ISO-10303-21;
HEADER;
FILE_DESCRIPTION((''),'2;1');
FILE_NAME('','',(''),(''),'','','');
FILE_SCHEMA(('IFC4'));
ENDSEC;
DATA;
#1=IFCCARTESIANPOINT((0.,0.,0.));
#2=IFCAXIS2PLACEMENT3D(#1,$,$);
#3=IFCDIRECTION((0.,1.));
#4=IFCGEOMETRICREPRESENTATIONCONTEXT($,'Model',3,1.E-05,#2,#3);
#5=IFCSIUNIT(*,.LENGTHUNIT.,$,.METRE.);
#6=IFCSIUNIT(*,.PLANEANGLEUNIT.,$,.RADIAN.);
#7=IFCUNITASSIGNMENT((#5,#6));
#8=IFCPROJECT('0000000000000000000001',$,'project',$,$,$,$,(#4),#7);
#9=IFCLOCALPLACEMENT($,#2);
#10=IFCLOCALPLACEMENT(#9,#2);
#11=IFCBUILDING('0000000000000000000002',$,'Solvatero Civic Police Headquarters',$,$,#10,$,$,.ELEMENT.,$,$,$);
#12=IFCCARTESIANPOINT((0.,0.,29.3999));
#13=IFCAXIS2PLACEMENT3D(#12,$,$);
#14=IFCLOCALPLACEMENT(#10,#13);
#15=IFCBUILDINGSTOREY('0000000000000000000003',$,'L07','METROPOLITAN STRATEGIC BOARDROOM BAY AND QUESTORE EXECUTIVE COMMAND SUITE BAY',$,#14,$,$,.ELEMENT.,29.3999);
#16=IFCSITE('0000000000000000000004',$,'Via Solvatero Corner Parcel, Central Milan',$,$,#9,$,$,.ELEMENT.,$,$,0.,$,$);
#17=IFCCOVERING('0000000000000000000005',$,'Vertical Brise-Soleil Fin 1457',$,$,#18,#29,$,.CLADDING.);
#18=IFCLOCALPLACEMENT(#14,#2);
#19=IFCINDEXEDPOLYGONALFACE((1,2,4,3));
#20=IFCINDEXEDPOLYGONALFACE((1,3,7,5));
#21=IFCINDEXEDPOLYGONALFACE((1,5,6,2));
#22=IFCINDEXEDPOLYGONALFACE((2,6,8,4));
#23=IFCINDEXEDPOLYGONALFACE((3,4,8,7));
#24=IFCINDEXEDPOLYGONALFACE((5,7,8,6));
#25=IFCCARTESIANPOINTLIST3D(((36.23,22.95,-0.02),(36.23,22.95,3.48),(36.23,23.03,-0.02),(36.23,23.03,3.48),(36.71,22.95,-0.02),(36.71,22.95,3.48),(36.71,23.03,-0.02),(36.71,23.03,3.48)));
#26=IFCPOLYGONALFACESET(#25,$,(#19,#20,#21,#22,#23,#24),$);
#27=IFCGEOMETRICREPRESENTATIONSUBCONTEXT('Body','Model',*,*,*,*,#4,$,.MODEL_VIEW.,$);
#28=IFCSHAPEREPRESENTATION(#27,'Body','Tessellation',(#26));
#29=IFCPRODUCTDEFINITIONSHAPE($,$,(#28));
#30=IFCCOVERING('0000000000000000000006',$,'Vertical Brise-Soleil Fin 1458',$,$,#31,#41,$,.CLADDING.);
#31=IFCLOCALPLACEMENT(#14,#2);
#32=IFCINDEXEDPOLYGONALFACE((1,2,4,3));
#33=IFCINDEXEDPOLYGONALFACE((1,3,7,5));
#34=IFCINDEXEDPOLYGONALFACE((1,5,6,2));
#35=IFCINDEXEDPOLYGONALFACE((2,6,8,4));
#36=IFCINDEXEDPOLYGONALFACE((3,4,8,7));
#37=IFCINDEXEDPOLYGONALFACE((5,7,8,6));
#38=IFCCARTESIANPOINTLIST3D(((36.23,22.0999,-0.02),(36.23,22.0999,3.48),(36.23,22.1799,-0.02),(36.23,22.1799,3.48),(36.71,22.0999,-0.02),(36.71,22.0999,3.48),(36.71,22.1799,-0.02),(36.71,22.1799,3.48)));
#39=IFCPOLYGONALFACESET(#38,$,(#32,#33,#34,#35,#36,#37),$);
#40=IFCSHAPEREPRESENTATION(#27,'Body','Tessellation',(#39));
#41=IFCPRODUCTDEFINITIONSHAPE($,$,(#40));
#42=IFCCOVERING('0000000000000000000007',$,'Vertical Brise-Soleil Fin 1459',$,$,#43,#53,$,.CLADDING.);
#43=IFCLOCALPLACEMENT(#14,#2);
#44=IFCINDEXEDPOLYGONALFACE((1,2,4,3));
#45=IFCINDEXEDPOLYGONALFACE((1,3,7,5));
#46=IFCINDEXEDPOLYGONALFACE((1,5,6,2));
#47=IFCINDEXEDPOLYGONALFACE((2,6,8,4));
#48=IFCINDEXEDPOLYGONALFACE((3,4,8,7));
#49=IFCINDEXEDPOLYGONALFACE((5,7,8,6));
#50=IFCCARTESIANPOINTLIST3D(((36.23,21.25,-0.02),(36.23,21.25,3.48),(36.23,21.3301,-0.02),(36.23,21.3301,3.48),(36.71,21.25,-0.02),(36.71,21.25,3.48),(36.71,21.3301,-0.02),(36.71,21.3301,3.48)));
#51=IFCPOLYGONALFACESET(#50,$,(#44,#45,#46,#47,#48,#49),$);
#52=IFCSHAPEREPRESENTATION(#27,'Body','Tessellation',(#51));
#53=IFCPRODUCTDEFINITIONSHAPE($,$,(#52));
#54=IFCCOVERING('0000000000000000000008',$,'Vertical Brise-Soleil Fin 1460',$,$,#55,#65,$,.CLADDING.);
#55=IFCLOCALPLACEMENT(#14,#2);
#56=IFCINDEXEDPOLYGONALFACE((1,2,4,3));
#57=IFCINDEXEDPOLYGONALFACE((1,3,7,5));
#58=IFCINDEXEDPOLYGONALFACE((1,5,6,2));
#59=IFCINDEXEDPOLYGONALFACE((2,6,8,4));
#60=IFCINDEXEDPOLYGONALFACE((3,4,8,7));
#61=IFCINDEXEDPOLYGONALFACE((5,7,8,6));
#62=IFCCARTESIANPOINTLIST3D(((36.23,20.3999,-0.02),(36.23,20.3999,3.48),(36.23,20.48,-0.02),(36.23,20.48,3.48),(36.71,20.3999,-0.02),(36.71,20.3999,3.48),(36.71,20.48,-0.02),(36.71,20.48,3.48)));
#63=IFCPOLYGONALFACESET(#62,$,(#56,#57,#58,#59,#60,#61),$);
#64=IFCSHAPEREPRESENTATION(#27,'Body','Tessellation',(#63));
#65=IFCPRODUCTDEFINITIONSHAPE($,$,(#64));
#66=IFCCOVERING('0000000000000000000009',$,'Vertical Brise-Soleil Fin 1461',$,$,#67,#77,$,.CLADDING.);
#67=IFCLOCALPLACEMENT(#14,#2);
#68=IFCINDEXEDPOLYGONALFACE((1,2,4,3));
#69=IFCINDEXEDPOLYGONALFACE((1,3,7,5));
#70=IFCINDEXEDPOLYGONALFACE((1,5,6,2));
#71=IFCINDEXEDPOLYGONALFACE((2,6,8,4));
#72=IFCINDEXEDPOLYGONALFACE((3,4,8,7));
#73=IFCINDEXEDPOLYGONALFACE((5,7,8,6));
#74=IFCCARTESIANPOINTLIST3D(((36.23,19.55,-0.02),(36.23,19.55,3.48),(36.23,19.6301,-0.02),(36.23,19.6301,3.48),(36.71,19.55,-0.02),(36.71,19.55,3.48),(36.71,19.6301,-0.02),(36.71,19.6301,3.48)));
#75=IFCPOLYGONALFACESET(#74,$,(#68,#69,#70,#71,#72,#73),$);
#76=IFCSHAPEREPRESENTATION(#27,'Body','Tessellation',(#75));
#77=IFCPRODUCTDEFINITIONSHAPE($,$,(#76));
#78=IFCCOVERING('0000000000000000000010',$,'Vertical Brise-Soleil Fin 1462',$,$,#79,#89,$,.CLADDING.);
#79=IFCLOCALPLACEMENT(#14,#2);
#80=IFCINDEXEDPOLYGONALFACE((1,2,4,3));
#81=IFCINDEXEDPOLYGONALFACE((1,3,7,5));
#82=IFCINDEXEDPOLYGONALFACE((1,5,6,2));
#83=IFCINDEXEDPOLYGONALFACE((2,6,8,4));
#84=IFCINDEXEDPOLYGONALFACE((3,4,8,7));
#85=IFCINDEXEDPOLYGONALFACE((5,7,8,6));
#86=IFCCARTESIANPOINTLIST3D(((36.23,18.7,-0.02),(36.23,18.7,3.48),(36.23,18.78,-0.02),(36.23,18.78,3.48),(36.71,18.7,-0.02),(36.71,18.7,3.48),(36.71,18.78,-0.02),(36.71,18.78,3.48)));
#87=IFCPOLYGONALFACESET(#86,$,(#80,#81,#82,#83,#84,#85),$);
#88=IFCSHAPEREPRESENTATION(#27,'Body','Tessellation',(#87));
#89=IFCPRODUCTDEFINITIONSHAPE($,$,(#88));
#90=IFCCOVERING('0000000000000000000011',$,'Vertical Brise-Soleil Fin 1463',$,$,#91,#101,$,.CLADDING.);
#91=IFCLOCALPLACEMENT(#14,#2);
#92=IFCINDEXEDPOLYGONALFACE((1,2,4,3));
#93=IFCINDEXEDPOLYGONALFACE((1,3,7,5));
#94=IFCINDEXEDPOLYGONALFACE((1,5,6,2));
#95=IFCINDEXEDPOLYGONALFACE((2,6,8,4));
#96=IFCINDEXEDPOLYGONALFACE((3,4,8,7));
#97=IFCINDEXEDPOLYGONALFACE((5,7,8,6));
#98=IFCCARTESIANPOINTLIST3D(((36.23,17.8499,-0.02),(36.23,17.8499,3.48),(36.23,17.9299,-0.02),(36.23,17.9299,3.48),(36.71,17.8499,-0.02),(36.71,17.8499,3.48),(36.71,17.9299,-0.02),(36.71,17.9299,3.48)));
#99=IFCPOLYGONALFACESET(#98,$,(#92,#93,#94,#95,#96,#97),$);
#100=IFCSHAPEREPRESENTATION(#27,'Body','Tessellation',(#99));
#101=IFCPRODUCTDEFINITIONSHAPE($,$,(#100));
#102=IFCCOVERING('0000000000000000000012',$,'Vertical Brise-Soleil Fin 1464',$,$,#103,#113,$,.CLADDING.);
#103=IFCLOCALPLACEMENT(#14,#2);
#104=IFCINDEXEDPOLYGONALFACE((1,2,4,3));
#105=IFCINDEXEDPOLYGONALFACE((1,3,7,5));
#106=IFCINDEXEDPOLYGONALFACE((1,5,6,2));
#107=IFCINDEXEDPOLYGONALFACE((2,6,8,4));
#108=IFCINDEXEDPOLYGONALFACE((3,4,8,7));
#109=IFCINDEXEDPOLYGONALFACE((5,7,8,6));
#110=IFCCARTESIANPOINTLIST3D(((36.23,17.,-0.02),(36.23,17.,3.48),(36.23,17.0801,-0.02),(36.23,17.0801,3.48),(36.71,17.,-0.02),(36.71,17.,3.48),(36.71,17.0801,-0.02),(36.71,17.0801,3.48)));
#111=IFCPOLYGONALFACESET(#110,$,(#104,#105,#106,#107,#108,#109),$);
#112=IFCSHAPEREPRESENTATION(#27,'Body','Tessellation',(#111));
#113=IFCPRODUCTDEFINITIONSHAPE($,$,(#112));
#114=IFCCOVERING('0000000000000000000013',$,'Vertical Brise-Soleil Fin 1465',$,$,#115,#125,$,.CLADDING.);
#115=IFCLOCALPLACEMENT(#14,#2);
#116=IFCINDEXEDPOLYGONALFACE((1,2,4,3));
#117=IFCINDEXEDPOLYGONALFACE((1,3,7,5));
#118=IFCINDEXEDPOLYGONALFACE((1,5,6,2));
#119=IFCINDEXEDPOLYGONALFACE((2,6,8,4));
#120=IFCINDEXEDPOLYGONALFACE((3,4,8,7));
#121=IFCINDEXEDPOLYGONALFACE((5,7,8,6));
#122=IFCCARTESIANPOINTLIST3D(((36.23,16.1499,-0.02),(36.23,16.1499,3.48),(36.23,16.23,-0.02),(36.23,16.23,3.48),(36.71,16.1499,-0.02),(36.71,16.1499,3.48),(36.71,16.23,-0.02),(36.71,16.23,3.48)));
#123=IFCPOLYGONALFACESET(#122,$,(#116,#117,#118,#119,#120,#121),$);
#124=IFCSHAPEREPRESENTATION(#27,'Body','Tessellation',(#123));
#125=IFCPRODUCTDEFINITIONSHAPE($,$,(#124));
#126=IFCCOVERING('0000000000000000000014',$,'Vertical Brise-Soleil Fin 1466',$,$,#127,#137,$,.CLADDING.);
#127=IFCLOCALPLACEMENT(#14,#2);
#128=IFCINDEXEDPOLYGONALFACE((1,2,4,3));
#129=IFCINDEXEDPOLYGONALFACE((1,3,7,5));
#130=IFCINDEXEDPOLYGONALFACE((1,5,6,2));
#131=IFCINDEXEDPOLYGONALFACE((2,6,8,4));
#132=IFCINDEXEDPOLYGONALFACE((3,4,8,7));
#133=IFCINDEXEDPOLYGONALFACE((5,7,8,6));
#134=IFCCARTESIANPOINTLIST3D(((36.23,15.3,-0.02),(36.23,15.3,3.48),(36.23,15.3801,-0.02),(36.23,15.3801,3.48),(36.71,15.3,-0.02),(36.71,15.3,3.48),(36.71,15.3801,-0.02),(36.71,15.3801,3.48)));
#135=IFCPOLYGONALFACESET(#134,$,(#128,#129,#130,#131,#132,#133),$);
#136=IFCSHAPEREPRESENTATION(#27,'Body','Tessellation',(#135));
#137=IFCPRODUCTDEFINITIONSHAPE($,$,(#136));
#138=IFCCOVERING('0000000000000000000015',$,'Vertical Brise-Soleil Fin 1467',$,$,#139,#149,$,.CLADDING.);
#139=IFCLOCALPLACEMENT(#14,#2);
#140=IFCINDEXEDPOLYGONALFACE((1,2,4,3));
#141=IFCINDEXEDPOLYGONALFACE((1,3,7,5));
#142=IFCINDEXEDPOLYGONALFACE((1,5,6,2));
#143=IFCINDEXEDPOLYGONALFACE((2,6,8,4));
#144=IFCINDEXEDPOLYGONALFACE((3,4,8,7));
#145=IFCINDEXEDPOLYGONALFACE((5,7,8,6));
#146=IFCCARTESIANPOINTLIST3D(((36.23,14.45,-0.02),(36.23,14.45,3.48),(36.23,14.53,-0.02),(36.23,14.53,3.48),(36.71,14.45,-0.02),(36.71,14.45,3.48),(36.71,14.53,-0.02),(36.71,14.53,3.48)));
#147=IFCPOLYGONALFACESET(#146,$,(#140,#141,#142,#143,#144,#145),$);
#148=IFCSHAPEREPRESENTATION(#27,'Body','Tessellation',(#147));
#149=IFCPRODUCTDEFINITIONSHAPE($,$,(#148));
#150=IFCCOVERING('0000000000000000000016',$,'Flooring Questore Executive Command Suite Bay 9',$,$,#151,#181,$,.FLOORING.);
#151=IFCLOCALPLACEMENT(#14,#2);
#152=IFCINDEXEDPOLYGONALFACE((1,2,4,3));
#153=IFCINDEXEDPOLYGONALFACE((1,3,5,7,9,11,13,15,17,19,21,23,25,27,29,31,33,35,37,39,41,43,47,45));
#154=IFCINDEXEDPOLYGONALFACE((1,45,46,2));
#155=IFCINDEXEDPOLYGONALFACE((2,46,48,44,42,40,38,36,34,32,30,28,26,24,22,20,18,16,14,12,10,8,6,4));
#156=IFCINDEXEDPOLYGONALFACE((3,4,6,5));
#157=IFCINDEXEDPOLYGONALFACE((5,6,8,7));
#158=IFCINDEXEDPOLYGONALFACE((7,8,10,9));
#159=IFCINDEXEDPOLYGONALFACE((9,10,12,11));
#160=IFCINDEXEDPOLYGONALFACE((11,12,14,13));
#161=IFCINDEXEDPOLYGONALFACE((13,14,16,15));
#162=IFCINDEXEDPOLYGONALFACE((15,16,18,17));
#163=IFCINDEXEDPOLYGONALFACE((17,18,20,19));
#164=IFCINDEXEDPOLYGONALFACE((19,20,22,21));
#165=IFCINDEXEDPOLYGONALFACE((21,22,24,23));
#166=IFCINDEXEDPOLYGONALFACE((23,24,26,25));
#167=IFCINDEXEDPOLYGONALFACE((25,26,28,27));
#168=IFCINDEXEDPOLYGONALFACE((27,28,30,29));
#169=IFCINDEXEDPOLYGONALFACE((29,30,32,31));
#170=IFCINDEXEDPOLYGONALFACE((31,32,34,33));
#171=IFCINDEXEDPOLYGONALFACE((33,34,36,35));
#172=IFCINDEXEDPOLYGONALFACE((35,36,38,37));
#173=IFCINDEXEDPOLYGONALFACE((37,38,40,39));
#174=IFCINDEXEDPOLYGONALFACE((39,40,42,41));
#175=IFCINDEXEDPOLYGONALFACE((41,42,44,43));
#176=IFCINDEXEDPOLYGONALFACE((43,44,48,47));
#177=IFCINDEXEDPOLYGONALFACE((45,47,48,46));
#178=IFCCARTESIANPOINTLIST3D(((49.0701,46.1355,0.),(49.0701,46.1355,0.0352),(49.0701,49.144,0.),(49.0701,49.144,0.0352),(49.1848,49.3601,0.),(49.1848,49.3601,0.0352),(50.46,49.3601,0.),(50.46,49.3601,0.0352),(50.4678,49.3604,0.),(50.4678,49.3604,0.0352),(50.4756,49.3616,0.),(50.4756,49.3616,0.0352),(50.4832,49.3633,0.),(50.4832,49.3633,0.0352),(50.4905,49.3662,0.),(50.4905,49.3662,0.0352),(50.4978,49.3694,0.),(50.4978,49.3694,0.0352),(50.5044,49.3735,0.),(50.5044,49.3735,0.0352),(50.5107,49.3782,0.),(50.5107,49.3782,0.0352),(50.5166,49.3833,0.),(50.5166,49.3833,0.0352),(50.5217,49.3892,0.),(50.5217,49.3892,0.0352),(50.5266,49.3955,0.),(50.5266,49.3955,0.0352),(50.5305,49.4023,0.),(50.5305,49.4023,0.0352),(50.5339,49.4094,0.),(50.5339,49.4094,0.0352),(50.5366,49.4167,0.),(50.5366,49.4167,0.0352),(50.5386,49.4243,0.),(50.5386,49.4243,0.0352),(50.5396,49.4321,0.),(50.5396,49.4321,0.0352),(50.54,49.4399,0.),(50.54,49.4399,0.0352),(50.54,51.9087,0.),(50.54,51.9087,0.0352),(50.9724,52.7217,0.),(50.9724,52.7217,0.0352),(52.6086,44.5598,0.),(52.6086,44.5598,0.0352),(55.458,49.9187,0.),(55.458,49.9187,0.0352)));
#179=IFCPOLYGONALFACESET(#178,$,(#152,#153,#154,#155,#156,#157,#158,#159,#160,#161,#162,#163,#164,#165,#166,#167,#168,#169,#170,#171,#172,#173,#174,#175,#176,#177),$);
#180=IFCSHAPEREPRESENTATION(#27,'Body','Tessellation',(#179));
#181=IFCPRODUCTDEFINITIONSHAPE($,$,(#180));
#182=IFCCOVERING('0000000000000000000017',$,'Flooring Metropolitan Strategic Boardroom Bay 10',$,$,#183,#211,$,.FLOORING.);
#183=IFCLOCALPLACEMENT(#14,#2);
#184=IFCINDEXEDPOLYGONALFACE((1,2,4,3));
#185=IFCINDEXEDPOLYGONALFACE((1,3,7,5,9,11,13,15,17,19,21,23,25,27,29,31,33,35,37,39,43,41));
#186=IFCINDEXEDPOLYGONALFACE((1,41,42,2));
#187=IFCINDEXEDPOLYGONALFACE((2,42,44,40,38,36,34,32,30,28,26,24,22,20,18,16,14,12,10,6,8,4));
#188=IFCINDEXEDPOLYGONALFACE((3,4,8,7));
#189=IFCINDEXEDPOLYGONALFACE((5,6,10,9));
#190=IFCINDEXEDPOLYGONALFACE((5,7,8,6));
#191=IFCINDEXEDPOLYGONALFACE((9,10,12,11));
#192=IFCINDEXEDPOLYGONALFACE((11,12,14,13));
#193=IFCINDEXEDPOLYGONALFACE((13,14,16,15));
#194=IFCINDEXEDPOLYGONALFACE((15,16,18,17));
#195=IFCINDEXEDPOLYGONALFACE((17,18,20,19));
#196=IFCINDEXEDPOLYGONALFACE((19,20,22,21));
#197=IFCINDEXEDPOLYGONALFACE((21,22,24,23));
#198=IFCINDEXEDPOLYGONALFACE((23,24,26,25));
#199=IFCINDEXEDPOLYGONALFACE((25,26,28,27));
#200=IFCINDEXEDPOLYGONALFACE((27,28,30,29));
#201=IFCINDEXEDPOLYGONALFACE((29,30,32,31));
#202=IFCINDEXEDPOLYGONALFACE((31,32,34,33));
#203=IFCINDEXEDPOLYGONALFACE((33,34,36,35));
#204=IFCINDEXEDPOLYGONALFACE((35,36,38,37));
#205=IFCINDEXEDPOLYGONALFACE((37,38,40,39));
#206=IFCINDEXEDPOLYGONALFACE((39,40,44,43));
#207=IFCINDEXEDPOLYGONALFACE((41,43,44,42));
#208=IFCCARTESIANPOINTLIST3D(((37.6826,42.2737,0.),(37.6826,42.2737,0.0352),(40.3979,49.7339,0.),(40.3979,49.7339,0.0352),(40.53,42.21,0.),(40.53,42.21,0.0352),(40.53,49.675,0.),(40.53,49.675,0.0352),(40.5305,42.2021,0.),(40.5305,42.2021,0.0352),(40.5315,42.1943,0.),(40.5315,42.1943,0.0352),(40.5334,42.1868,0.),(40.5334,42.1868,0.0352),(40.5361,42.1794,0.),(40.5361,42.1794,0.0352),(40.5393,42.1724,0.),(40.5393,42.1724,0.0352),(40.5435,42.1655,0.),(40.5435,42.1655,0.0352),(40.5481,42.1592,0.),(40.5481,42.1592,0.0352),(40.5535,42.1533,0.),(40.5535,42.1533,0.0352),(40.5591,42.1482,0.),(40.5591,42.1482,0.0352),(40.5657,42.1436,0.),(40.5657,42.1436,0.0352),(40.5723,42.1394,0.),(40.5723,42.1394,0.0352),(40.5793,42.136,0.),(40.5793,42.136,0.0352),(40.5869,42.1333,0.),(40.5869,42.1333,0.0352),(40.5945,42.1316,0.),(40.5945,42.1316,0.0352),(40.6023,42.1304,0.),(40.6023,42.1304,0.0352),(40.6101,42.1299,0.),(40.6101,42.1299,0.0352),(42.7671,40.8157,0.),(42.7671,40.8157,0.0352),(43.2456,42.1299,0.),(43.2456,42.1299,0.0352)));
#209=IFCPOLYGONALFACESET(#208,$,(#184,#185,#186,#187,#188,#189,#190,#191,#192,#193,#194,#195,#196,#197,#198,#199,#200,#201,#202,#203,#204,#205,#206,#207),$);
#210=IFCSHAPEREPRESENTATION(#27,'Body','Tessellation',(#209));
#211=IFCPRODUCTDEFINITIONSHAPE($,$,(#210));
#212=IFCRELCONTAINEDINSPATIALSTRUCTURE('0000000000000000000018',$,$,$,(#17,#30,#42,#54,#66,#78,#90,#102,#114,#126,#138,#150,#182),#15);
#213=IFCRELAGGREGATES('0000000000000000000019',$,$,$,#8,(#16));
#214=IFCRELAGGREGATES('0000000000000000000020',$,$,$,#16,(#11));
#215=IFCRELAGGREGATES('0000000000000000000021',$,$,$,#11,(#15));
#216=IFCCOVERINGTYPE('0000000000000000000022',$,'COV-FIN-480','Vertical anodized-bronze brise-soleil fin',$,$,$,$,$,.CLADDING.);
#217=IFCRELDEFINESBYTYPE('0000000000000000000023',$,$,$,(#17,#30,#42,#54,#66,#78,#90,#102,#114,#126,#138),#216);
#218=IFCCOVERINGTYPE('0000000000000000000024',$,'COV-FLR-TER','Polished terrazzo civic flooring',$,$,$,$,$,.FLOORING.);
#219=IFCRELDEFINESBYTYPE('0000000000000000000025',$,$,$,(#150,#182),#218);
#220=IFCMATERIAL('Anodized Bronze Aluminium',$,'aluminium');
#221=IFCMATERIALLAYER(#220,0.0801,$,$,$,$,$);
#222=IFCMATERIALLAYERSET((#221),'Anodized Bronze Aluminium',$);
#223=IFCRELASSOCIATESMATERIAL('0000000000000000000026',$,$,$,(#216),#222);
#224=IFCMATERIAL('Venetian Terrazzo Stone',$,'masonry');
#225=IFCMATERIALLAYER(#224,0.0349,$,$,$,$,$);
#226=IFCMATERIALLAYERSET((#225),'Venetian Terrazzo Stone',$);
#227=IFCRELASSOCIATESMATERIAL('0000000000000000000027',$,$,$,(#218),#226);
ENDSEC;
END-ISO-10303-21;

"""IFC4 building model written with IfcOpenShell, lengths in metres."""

from ifc_helpers import new_model, si_unit, direction, frame, origin, origin_2d, place, context, subcontext, project, spatial, polyline, rectangle, outline, extrude, material, layer, layer_set, type_object, element, save


model = new_model("IFC4")

# Units and contexts
model_context = context("Model", 3, precision=1e-05, world=origin(), true_north=direction((0.0, 1.0)))
body_context = subcontext(model_context, "Body", "Model", "MODEL_VIEW")
ifc_project = project(units=[si_unit("LENGTHUNIT", "METRE"), si_unit("PLANEANGLEUNIT", "RADIAN")], contexts=[model_context])

# Site, building, storey
site_placement = place(None, origin())
site = spatial("IfcSite", under=ifc_project, at=site_placement, Name="Via Solvatero Corner Parcel, Central Milan", CompositionType="ELEMENT", RefElevation=0.0)
building_placement = place(site_placement, origin())
building = spatial("IfcBuilding", under=site, at=building_placement, Name="Solvatero Civic Police Headquarters", CompositionType="ELEMENT")
storey_placement = place(building_placement, frame((0.0, 0.0, 29.3999)))
storey = spatial("IfcBuildingStorey", under=building, at=storey_placement, Name="L07", Description="METROPOLITAN STRATEGIC BOARDROOM BAY AND QUESTORE EXECUTIVE COMMAND SUITE BAY", CompositionType="ELEMENT", Elevation=29.3999)

# Shared definitions
ifc_material_1 = material(Name="Anodized Bronze Aluminium", Category="aluminium")

# Coverings
ifc_layer_1 = layer(ifc_material_1, 0.0801)
ifc_layer_set_1 = layer_set([ifc_layer_1], Name="Anodized Bronze Aluminium")
covering_type_1 = type_object("IfcCoveringType", Name="COV-FIN-480", Description="Vertical anodized-bronze brise-soleil fin", PredefinedType="CLADDING", material=ifc_layer_set_1)
for number, where, z_axis, x_axis, name in (
    (1, (36.47, 22.99, -0.02), (0.0, 0.0, 1.0), (0.0, -1.0, 0.0), "Vertical Brise-Soleil Fin 1457"),
    (2, (36.47, 22.1399, -0.02), (0.0, 0.0, 1.0), (0.0, -1.0, 0.0), "Vertical Brise-Soleil Fin 1458"),
    (3, (36.47, 21.29, -0.02), (0.0, 0.0, 1.0), (0.0, -1.0, 0.0), "Vertical Brise-Soleil Fin 1459"),
    (4, (36.47, 20.4399, -0.02), (0.0, 0.0, 1.0), (0.0, -1.0, 0.0), "Vertical Brise-Soleil Fin 1460"),
    (5, (36.47, 19.5901, -0.02), (0.0, 0.0, 1.0), (0.0, -1.0, 0.0), "Vertical Brise-Soleil Fin 1461"),
    (6, (36.47, 18.74, -0.02), (0.0, 0.0, 1.0), (0.0, -1.0, 0.0), "Vertical Brise-Soleil Fin 1462"),
    (7, (36.47, 17.8899, -0.02), (0.0, 0.0, 1.0), (0.0, -1.0, 0.0), "Vertical Brise-Soleil Fin 1463"),
    (8, (36.47, 17.04, -0.02), (0.0, 0.0, 1.0), (0.0, -1.0, 0.0), "Vertical Brise-Soleil Fin 1464"),
    (9, (36.47, 16.1899, -0.02), (0.0, 0.0, 1.0), (0.0, -1.0, 0.0), "Vertical Brise-Soleil Fin 1465"),
    (10, (36.47, 15.3401, -0.02), (0.0, 0.0, 1.0), (0.0, -1.0, 0.0), "Vertical Brise-Soleil Fin 1466"),
    (11, (36.47, 14.49, -0.02), (0.0, 0.0, 1.0), (0.0, -1.0, 0.0), "Vertical Brise-Soleil Fin 1467"),
):
    element("IfcCovering", number, at=place(storey_placement, frame(where, z_axis=z_axis, x_axis=x_axis)), inside=storey, type_object=covering_type_1, Name=name, PredefinedType="CLADDING", context=body_context, shape_type="SweptSolid", body=[
        extrude(rectangle(XDim=0.0801, YDim=0.48, at=origin_2d()), origin(), (0.0, 0.0, 1.0), 3.5),
    ])
ifc_material_2 = material(Name="Venetian Terrazzo Stone", Category="masonry")
ifc_layer_2 = layer(ifc_material_2, 0.0349)
ifc_layer_set_2 = layer_set([ifc_layer_2], Name="Venetian Terrazzo Stone")
covering_type_2 = type_object("IfcCoveringType", Name="COV-FLR-TER", Description="Polished terrazzo civic flooring", PredefinedType="FLOORING", material=ifc_layer_set_2)
covering_1_placement = place(storey_placement, origin())
element("IfcCovering", 12, at=covering_1_placement, inside=storey, type_object=covering_type_2, Name="Flooring Questore Executive Command Suite Bay 9", PredefinedType="FLOORING", context=body_context, shape_type="SweptSolid", body=[
    extrude(outline(polyline([(50.9724, 52.7217), (55.458, 49.9187), (52.6086, 44.5598), (49.0701, 46.1355), (49.0701, 49.144), (49.1848, 49.3601), (50.46, 49.3601), (50.4678, 49.3604), (50.4756, 49.3616), (50.4832, 49.3633), (50.4905, 49.3662), (50.4978, 49.3694), (50.5044, 49.3735), (50.5107, 49.3782), (50.5166, 49.3833), (50.5217, 49.3892), (50.5266, 49.3955), (50.5305, 49.4023), (50.5339, 49.4094), (50.5366, 49.4167), (50.5386, 49.4243), (50.5396, 49.4321), (50.54, 49.4399), (50.54, 51.9087), (50.9724, 52.7217)])), origin(), (0.0, 0.0, 1.0), 0.0352),
])
covering_2_placement = place(storey_placement, origin())
element("IfcCovering", 13, at=covering_2_placement, inside=storey, type_object=covering_type_2, Name="Flooring Metropolitan Strategic Boardroom Bay 10", PredefinedType="FLOORING", context=body_context, shape_type="SweptSolid", body=[
    extrude(outline(polyline([(40.53, 49.675), (40.53, 42.21), (40.5305, 42.2021), (40.5315, 42.1943), (40.5334, 42.1868), (40.5361, 42.1794), (40.5393, 42.1724), (40.5435, 42.1655), (40.5481, 42.1592), (40.5535, 42.1533), (40.5591, 42.1482), (40.5657, 42.1436), (40.5723, 42.1394), (40.5793, 42.136), (40.5869, 42.1333), (40.5945, 42.1316), (40.6023, 42.1304), (40.6101, 42.1299), (43.2456, 42.1299), (42.7671, 40.8157), (37.6826, 42.2737), (40.3979, 49.7339), (40.53, 49.675)])), origin(), (0.0, 0.0, 1.0), 0.0352),
])

save(model, "model.ifc")
